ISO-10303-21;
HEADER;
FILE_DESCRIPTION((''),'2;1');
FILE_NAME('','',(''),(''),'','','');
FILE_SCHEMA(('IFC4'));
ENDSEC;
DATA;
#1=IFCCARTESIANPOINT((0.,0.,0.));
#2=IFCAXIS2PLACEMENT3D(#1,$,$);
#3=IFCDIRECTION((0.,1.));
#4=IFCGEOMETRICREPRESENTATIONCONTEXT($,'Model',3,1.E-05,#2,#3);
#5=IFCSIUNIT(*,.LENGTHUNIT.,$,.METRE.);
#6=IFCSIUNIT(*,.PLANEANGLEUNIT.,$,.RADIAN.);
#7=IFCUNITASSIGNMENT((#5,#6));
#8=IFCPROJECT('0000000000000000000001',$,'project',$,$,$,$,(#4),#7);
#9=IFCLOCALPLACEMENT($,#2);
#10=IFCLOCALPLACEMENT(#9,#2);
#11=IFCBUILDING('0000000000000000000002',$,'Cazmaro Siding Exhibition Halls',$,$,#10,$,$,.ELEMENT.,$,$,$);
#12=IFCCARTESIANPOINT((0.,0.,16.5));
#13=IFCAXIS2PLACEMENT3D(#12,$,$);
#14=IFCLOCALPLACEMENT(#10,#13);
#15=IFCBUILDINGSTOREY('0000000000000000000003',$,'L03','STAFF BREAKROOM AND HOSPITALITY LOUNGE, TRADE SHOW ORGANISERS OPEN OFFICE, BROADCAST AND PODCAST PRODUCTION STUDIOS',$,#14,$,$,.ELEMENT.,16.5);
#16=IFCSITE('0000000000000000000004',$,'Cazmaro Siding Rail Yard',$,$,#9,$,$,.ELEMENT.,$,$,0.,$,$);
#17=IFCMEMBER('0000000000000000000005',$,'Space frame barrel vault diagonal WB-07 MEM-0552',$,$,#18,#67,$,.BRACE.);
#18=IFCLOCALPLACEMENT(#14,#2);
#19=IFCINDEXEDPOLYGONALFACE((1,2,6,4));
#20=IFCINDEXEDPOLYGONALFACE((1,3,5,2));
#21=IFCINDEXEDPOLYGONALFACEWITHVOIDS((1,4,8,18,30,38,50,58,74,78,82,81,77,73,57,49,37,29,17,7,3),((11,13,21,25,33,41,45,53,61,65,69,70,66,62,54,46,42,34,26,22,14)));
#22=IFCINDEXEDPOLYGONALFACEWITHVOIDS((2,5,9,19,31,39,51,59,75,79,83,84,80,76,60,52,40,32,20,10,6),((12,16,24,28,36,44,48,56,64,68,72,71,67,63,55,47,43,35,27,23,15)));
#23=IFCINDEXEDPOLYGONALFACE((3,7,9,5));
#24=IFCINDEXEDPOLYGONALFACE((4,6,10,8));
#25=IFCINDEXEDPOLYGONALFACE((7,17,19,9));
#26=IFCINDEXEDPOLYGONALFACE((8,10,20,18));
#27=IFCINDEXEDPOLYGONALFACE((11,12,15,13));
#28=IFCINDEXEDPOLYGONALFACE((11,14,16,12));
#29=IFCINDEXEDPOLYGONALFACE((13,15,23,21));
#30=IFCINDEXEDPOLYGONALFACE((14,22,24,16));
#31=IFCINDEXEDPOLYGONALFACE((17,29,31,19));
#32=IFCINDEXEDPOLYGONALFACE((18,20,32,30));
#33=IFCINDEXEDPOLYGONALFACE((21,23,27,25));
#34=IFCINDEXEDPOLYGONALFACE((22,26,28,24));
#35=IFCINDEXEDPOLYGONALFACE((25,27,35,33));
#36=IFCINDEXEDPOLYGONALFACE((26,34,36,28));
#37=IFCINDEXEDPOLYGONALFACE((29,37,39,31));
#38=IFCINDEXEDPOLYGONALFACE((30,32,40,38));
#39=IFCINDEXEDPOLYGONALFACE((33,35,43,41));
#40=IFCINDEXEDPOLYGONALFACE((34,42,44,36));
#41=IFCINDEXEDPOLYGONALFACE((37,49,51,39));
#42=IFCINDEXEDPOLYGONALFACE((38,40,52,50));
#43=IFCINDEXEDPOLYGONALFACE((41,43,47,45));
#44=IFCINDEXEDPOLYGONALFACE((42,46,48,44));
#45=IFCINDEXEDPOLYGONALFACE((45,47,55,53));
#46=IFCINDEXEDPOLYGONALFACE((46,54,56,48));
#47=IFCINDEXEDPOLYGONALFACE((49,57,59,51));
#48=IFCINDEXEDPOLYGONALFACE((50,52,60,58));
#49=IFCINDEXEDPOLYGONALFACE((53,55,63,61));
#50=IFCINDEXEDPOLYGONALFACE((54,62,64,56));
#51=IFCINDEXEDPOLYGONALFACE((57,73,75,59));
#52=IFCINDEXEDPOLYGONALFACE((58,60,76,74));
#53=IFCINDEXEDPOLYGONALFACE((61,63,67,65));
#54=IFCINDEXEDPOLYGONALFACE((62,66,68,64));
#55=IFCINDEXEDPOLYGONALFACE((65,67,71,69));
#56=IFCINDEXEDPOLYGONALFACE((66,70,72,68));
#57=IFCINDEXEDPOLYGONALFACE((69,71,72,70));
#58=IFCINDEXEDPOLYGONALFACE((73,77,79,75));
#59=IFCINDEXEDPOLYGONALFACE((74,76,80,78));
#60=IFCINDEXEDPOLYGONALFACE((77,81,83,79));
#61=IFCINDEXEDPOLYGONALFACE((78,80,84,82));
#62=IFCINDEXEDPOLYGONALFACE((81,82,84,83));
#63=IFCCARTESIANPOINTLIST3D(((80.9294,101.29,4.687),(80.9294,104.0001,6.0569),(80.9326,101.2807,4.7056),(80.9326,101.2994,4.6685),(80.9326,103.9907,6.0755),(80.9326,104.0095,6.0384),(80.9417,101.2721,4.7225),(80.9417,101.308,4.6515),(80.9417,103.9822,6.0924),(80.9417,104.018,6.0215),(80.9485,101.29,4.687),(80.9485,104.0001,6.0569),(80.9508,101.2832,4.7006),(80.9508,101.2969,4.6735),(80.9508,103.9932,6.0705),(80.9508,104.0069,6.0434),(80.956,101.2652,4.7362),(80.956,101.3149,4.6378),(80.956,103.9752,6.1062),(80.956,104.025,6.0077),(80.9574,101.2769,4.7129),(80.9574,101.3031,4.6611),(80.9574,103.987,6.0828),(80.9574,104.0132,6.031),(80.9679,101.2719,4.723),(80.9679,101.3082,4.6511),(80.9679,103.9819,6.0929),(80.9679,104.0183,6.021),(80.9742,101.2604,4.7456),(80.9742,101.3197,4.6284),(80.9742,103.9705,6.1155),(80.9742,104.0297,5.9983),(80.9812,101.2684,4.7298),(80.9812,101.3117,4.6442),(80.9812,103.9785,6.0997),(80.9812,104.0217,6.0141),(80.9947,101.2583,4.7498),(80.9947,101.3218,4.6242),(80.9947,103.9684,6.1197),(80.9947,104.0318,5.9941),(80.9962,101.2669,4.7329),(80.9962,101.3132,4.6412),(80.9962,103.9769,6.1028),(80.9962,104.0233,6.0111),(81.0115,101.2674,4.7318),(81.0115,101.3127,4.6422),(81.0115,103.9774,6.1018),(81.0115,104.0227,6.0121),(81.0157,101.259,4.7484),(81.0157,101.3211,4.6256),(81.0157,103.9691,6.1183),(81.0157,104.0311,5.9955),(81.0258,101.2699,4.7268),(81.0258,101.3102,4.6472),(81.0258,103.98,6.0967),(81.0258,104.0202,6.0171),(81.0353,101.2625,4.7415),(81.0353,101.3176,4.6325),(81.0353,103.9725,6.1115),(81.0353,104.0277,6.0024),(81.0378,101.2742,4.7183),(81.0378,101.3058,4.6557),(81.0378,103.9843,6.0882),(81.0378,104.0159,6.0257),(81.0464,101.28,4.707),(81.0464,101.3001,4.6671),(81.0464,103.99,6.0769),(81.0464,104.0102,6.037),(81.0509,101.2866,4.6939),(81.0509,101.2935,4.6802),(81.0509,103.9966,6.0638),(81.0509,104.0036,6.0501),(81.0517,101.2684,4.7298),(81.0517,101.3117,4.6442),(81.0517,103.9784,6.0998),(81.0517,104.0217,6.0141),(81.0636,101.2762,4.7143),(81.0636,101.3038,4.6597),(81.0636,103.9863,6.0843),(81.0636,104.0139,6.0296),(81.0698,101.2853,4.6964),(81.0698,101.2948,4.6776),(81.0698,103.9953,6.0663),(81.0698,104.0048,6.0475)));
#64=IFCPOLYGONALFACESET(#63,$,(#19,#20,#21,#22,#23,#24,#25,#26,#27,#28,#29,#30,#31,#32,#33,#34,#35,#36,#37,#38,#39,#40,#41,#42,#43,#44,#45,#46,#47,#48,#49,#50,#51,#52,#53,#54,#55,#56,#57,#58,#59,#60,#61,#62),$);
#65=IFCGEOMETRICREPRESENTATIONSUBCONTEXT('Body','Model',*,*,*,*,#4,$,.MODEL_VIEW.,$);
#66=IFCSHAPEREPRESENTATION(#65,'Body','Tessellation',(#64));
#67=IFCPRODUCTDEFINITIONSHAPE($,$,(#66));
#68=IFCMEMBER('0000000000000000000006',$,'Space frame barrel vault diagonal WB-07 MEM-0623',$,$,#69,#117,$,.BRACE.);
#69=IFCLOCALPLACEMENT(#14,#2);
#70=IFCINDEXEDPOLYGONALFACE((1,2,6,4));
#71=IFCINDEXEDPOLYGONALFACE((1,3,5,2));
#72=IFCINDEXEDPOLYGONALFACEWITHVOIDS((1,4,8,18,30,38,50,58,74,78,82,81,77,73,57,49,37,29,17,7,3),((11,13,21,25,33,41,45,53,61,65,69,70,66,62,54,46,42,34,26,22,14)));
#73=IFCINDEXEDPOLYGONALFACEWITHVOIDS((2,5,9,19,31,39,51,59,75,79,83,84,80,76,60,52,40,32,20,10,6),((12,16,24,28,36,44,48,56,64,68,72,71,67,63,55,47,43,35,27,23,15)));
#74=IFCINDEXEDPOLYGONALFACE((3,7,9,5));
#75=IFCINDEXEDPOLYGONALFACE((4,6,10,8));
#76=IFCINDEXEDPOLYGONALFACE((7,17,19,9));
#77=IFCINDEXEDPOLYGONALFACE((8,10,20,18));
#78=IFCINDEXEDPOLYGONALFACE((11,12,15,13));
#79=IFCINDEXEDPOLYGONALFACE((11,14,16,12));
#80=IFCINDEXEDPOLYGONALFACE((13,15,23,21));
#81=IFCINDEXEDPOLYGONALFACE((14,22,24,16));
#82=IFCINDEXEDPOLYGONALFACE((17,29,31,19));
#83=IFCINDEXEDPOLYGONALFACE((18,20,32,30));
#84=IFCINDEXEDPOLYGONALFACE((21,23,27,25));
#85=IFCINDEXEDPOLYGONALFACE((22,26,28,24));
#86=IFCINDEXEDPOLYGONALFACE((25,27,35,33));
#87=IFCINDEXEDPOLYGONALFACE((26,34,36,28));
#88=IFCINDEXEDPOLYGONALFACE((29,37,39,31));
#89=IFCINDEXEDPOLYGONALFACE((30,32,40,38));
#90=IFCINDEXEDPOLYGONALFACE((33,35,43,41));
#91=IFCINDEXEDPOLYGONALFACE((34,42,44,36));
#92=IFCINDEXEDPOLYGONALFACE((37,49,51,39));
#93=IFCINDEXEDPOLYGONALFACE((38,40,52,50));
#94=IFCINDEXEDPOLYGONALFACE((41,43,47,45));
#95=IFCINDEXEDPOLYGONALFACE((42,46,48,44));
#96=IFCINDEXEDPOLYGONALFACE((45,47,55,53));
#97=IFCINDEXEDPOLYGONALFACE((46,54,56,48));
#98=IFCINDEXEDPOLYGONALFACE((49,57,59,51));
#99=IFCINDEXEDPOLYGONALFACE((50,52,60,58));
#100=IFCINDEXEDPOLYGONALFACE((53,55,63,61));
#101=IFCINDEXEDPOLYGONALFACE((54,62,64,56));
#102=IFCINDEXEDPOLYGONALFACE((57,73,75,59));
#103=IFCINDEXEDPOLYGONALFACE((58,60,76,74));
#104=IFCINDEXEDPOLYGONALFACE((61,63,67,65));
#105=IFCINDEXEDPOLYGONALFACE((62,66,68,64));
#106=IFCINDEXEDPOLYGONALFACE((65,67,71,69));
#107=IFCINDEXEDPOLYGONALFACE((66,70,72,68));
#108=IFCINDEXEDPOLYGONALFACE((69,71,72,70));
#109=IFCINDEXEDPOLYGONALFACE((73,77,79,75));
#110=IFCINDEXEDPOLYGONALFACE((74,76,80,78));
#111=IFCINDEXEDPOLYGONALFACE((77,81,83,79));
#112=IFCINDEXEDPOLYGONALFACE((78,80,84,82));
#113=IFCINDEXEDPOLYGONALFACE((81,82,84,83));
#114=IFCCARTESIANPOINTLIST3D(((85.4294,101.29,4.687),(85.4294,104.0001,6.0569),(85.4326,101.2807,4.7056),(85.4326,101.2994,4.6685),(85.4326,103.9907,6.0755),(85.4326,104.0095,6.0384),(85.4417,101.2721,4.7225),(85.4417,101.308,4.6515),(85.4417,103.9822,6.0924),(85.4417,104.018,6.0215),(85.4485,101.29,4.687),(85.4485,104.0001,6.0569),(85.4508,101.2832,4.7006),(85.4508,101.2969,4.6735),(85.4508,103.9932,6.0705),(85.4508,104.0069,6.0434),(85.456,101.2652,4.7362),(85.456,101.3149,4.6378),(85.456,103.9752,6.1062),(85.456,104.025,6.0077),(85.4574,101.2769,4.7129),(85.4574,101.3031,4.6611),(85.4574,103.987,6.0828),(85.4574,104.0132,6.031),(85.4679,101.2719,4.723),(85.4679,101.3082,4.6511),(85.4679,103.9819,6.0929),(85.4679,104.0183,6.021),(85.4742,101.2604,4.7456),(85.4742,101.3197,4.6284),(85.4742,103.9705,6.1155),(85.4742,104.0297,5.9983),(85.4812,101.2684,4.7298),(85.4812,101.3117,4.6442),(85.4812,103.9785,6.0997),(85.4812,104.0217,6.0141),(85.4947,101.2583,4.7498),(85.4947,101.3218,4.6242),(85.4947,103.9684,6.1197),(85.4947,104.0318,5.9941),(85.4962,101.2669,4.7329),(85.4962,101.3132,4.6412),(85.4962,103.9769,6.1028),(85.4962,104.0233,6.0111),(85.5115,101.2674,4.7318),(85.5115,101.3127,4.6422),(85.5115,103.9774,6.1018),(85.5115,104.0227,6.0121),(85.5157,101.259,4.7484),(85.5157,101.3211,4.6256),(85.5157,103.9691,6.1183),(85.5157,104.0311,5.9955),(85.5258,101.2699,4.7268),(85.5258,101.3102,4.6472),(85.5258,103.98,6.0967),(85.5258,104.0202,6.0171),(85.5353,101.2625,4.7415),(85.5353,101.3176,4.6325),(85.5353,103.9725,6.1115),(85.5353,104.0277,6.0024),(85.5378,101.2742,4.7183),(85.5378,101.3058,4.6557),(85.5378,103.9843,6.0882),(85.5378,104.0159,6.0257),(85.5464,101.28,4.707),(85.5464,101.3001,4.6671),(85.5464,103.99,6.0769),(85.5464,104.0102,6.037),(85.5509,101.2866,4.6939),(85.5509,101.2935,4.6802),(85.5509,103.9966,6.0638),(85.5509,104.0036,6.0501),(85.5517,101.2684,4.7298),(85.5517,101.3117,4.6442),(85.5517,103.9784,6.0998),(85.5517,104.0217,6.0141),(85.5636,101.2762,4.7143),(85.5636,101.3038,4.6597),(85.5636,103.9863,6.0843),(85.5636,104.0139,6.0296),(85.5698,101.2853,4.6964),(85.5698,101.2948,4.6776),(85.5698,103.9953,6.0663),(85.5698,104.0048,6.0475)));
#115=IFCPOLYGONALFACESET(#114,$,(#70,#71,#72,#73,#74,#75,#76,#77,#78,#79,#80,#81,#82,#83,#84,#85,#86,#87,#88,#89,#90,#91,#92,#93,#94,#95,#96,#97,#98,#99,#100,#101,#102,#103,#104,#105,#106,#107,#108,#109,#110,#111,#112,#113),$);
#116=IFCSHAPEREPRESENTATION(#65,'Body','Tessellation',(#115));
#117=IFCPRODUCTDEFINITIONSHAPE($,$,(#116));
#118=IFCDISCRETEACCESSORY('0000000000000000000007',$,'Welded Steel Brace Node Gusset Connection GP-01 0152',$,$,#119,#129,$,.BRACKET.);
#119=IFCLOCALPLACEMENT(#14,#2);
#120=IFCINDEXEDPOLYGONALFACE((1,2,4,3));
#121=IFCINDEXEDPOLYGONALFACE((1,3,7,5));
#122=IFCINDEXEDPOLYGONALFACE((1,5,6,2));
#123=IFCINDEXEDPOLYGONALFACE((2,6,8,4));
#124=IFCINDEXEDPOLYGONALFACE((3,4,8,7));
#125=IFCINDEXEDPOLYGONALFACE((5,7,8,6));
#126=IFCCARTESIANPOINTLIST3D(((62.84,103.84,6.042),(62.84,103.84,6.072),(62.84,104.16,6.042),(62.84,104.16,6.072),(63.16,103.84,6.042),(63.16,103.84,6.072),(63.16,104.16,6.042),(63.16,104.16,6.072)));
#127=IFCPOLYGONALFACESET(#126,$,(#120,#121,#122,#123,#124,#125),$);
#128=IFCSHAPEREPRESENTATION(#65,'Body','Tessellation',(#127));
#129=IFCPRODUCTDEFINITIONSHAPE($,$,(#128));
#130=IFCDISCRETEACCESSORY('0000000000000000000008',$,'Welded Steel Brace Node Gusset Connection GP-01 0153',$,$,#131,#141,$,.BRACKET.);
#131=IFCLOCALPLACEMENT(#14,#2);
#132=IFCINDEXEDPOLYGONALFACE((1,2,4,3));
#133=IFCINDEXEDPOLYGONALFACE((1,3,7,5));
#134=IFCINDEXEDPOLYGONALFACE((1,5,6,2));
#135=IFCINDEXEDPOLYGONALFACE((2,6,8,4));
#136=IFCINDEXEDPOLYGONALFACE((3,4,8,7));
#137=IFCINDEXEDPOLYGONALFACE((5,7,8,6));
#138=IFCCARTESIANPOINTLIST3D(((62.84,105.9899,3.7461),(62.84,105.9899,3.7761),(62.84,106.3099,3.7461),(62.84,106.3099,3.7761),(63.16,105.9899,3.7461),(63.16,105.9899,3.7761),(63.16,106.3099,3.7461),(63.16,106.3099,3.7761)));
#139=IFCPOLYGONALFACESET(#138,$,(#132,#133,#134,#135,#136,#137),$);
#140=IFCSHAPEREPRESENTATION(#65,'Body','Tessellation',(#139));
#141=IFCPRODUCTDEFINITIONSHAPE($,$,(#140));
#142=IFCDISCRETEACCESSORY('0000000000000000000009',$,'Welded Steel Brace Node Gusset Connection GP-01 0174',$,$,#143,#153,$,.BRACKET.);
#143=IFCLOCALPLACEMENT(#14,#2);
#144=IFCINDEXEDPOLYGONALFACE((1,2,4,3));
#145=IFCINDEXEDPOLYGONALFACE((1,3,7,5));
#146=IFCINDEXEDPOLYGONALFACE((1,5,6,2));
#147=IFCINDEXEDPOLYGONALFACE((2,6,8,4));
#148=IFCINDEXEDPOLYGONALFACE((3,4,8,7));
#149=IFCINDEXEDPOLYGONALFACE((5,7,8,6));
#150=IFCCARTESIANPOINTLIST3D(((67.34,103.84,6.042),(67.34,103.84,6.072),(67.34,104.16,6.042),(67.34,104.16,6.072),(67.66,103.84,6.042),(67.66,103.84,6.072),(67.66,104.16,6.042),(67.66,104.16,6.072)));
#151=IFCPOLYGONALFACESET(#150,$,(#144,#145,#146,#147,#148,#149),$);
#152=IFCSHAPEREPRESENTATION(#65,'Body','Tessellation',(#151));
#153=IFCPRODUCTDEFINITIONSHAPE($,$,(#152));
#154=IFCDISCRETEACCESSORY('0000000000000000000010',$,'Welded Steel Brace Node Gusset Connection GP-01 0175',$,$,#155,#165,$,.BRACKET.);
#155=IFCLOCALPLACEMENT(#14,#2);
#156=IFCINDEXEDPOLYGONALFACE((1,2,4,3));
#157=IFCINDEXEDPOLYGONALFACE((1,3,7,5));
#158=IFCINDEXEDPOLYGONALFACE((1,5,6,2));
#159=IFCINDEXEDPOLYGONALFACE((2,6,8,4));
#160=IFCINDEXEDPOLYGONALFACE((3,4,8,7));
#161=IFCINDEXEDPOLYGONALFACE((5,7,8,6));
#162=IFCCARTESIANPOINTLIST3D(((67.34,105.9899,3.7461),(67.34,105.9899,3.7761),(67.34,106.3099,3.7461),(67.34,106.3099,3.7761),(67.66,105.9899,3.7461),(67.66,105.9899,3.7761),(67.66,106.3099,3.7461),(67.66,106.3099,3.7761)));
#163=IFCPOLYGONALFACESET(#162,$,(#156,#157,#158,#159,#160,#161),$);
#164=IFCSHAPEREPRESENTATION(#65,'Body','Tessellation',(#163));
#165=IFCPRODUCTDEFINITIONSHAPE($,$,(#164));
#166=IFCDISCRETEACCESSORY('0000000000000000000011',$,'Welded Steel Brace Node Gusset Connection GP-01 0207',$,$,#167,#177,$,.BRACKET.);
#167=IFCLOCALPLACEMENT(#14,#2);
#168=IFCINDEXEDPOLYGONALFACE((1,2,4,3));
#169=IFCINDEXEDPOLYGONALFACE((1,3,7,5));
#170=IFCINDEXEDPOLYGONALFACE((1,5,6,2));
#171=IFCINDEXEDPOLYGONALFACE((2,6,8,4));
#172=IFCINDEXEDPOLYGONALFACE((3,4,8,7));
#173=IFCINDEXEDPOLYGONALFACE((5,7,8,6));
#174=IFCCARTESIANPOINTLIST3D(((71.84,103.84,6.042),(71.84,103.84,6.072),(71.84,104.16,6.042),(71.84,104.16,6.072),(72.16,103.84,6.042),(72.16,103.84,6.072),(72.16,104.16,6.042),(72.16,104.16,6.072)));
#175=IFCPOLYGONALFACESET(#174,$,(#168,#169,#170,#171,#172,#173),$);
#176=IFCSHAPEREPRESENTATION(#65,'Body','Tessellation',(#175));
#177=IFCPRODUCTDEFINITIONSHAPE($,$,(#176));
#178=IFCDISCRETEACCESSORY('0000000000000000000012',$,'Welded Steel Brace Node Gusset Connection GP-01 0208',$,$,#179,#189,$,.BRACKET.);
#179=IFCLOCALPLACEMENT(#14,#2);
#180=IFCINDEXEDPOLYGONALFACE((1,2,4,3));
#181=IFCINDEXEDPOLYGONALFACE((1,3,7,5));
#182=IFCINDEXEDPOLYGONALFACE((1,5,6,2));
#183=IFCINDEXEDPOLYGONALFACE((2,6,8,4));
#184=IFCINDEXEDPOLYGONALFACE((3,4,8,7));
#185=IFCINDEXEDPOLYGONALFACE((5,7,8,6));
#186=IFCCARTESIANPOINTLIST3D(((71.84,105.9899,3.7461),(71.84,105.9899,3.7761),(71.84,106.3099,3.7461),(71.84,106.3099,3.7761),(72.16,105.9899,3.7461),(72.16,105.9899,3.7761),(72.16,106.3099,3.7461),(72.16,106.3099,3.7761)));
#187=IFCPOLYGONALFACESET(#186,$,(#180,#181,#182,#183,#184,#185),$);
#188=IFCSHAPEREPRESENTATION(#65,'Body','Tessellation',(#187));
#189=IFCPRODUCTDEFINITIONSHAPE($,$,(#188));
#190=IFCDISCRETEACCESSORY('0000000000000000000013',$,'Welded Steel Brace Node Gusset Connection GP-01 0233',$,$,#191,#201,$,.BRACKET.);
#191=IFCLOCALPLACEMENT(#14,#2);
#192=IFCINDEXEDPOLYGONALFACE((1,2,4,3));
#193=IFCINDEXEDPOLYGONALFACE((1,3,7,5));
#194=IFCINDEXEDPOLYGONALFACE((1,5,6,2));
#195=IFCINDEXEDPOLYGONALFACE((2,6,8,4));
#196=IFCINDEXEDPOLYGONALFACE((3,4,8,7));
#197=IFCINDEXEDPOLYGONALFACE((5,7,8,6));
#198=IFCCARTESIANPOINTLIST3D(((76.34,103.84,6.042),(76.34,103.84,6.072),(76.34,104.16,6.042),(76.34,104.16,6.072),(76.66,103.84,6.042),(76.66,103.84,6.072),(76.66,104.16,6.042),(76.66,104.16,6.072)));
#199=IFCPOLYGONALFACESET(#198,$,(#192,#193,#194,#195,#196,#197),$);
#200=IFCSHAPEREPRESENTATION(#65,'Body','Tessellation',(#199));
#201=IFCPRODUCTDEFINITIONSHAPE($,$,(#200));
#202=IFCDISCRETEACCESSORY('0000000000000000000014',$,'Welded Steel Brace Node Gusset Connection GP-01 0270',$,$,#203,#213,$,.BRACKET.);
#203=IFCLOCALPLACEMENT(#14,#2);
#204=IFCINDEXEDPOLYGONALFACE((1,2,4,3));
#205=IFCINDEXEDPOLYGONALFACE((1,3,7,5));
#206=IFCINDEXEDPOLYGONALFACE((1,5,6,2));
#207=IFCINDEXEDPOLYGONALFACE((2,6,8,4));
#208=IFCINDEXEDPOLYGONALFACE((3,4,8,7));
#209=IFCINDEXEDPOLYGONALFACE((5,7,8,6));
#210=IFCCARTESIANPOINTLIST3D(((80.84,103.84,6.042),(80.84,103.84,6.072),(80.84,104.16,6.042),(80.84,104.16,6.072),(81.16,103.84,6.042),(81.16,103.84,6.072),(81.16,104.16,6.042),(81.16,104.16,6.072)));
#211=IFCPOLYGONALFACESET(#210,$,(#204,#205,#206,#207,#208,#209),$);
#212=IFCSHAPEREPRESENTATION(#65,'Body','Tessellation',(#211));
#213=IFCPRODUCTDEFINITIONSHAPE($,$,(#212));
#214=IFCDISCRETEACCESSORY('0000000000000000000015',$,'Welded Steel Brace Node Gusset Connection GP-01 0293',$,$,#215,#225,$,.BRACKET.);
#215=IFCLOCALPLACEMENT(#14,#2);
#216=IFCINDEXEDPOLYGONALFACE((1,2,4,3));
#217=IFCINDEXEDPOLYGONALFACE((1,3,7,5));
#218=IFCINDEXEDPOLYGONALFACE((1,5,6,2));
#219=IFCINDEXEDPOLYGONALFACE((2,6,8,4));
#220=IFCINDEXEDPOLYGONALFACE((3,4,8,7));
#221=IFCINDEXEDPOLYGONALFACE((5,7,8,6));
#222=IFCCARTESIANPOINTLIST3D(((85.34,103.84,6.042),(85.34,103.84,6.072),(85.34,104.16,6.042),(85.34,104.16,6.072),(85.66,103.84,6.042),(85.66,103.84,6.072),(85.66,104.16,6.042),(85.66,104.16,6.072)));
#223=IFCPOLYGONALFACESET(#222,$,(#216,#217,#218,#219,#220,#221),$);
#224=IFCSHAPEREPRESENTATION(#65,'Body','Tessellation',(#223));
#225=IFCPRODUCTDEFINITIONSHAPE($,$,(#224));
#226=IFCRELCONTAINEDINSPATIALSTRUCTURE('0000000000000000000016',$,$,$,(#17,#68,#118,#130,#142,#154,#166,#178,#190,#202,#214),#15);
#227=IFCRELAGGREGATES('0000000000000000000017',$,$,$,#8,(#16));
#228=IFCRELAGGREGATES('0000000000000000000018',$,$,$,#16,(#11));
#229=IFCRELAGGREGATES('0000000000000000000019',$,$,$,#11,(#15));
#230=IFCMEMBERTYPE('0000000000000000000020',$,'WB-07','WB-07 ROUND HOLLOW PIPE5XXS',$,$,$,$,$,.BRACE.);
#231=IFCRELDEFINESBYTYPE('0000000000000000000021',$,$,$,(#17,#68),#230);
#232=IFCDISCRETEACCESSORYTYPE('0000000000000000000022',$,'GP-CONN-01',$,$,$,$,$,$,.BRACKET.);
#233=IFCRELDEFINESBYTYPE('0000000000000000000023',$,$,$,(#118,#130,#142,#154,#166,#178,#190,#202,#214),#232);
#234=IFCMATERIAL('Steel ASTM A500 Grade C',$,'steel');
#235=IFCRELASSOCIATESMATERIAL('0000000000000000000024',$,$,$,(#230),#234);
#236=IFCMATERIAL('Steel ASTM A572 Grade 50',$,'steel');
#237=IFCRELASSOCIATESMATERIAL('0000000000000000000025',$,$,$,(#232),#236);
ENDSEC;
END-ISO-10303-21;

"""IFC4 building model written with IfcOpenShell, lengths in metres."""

from ifc_helpers import new_model, si_unit, direction, frame, origin, origin_2d, place, context, subcontext, project, spatial, rectangle, hollow_circle, extrude, material, material_profile, profile_set, type_object, element, save


model = new_model("IFC4")

# Units and contexts
model_context = context("Model", 3, precision=1e-05, world=origin(), true_north=direction((0.0, 1.0)))
body_context = subcontext(model_context, "Body", "Model", "MODEL_VIEW")
ifc_project = project(units=[si_unit("LENGTHUNIT", "METRE"), si_unit("PLANEANGLEUNIT", "RADIAN")], contexts=[model_context])

# Site, building, storey
site_placement = place(None, origin())
site = spatial("IfcSite", under=ifc_project, at=site_placement, Name="Cazmaro Siding Rail Yard", CompositionType="ELEMENT", RefElevation=0.0)
building_placement = place(site_placement, origin())
building = spatial("IfcBuilding", under=site, at=building_placement, Name="Cazmaro Siding Exhibition Halls", CompositionType="ELEMENT")
storey_placement = place(building_placement, frame((0.0, 0.0, 16.5)))
storey = spatial("IfcBuildingStorey", under=building, at=storey_placement, Name="L03", Description="STAFF BREAKROOM AND HOSPITALITY LOUNGE, TRADE SHOW ORGANISERS OPEN OFFICE, BROADCAST AND PODCAST PRODUCTION STUDIOS", CompositionType="ELEMENT", Elevation=16.5)

# Members
ifc_material_1 = material(Name="Steel ASTM A500 Grade C", Category="steel")
ifc_material_profile_1 = material_profile(ifc_material_1, hollow_circle(Radius=0.0706, WallThickness=0.019, at=origin_2d()), Name="PIPE5XXS")
ifc_profile_set_1 = profile_set([ifc_material_profile_1], Name="Steel ASTM A500 Grade C")
member_type_1 = type_object("IfcMemberType", Name="WB-07", Description="WB-07 ROUND HOLLOW PIPE5XXS", PredefinedType="BRACE", material=ifc_profile_set_1)
for number, where, z_axis, x_axis, name in (
    (1, (81.0, 101.29, 4.687), (0.0, 0.892457, 0.451133), (-1.0, 0.0, 0.0), "Space frame barrel vault diagonal WB-07 MEM-0552"),
    (2, (85.5, 101.29, 4.687), (0.0, 0.892457, 0.451133), (-1.0, 0.0, 0.0), "Space frame barrel vault diagonal WB-07 MEM-0623"),
):
    element("IfcMember", number, at=place(storey_placement, frame(where, z_axis=z_axis, x_axis=x_axis)), inside=storey, type_object=member_type_1, Name=name, PredefinedType="BRACE", context=body_context, shape_type="SweptSolid", body=[
        extrude(hollow_circle(Radius=0.0706, WallThickness=0.019, at=origin_2d()), origin(), (0.0, 0.0, 1.0), 3.0366),
    ])

# Discrete accessories
ifc_material_2 = material(Name="Steel ASTM A572 Grade 50", Category="steel")
discrete_accessory_type = type_object("IfcDiscreteAccessoryType", Name="GP-CONN-01", PredefinedType="BRACKET", material=ifc_material_2)
for number, where, z_axis, x_axis, name in (
    (3, (63.0, 104.0, 6.042), (0.0, 0.0, 1.0), (1.0, 0.0, 0.0), "Welded Steel Brace Node Gusset Connection GP-01 0152"),
    (4, (63.0, 106.1499, 3.7461), (0.0, 0.0, 1.0), (1.0, 0.0, 0.0), "Welded Steel Brace Node Gusset Connection GP-01 0153"),
    (5, (67.5, 104.0, 6.042), (0.0, 0.0, 1.0), (1.0, 0.0, 0.0), "Welded Steel Brace Node Gusset Connection GP-01 0174"),
    (6, (67.5, 106.1499, 3.7461), (0.0, 0.0, 1.0), (1.0, 0.0, 0.0), "Welded Steel Brace Node Gusset Connection GP-01 0175"),
    (7, (72.0, 104.0, 6.042), (0.0, 0.0, 1.0), (1.0, 0.0, 0.0), "Welded Steel Brace Node Gusset Connection GP-01 0207"),
    (8, (72.0, 106.1499, 3.7461), (0.0, 0.0, 1.0), (1.0, 0.0, 0.0), "Welded Steel Brace Node Gusset Connection GP-01 0208"),
    (9, (76.5, 104.0, 6.042), (0.0, 0.0, 1.0), (1.0, 0.0, 0.0), "Welded Steel Brace Node Gusset Connection GP-01 0233"),
    (10, (81.0, 104.0, 6.042), (0.0, 0.0, 1.0), (1.0, 0.0, 0.0), "Welded Steel Brace Node Gusset Connection GP-01 0270"),
    (11, (85.5, 104.0, 6.042), (0.0, 0.0, 1.0), (1.0, 0.0, 0.0), "Welded Steel Brace Node Gusset Connection GP-01 0293"),
):
    element("IfcDiscreteAccessory", number, at=place(storey_placement, frame(where, z_axis=z_axis, x_axis=x_axis)), inside=storey, type_object=discrete_accessory_type, Name=name, PredefinedType="BRACKET", context=body_context, shape_type="SweptSolid", body=[
        extrude(rectangle(XDim=0.3201, YDim=0.3201, at=origin_2d()), origin(), (0.0, 0.0, 1.0), 0.03),
    ])

save(model, "model.ifc")
